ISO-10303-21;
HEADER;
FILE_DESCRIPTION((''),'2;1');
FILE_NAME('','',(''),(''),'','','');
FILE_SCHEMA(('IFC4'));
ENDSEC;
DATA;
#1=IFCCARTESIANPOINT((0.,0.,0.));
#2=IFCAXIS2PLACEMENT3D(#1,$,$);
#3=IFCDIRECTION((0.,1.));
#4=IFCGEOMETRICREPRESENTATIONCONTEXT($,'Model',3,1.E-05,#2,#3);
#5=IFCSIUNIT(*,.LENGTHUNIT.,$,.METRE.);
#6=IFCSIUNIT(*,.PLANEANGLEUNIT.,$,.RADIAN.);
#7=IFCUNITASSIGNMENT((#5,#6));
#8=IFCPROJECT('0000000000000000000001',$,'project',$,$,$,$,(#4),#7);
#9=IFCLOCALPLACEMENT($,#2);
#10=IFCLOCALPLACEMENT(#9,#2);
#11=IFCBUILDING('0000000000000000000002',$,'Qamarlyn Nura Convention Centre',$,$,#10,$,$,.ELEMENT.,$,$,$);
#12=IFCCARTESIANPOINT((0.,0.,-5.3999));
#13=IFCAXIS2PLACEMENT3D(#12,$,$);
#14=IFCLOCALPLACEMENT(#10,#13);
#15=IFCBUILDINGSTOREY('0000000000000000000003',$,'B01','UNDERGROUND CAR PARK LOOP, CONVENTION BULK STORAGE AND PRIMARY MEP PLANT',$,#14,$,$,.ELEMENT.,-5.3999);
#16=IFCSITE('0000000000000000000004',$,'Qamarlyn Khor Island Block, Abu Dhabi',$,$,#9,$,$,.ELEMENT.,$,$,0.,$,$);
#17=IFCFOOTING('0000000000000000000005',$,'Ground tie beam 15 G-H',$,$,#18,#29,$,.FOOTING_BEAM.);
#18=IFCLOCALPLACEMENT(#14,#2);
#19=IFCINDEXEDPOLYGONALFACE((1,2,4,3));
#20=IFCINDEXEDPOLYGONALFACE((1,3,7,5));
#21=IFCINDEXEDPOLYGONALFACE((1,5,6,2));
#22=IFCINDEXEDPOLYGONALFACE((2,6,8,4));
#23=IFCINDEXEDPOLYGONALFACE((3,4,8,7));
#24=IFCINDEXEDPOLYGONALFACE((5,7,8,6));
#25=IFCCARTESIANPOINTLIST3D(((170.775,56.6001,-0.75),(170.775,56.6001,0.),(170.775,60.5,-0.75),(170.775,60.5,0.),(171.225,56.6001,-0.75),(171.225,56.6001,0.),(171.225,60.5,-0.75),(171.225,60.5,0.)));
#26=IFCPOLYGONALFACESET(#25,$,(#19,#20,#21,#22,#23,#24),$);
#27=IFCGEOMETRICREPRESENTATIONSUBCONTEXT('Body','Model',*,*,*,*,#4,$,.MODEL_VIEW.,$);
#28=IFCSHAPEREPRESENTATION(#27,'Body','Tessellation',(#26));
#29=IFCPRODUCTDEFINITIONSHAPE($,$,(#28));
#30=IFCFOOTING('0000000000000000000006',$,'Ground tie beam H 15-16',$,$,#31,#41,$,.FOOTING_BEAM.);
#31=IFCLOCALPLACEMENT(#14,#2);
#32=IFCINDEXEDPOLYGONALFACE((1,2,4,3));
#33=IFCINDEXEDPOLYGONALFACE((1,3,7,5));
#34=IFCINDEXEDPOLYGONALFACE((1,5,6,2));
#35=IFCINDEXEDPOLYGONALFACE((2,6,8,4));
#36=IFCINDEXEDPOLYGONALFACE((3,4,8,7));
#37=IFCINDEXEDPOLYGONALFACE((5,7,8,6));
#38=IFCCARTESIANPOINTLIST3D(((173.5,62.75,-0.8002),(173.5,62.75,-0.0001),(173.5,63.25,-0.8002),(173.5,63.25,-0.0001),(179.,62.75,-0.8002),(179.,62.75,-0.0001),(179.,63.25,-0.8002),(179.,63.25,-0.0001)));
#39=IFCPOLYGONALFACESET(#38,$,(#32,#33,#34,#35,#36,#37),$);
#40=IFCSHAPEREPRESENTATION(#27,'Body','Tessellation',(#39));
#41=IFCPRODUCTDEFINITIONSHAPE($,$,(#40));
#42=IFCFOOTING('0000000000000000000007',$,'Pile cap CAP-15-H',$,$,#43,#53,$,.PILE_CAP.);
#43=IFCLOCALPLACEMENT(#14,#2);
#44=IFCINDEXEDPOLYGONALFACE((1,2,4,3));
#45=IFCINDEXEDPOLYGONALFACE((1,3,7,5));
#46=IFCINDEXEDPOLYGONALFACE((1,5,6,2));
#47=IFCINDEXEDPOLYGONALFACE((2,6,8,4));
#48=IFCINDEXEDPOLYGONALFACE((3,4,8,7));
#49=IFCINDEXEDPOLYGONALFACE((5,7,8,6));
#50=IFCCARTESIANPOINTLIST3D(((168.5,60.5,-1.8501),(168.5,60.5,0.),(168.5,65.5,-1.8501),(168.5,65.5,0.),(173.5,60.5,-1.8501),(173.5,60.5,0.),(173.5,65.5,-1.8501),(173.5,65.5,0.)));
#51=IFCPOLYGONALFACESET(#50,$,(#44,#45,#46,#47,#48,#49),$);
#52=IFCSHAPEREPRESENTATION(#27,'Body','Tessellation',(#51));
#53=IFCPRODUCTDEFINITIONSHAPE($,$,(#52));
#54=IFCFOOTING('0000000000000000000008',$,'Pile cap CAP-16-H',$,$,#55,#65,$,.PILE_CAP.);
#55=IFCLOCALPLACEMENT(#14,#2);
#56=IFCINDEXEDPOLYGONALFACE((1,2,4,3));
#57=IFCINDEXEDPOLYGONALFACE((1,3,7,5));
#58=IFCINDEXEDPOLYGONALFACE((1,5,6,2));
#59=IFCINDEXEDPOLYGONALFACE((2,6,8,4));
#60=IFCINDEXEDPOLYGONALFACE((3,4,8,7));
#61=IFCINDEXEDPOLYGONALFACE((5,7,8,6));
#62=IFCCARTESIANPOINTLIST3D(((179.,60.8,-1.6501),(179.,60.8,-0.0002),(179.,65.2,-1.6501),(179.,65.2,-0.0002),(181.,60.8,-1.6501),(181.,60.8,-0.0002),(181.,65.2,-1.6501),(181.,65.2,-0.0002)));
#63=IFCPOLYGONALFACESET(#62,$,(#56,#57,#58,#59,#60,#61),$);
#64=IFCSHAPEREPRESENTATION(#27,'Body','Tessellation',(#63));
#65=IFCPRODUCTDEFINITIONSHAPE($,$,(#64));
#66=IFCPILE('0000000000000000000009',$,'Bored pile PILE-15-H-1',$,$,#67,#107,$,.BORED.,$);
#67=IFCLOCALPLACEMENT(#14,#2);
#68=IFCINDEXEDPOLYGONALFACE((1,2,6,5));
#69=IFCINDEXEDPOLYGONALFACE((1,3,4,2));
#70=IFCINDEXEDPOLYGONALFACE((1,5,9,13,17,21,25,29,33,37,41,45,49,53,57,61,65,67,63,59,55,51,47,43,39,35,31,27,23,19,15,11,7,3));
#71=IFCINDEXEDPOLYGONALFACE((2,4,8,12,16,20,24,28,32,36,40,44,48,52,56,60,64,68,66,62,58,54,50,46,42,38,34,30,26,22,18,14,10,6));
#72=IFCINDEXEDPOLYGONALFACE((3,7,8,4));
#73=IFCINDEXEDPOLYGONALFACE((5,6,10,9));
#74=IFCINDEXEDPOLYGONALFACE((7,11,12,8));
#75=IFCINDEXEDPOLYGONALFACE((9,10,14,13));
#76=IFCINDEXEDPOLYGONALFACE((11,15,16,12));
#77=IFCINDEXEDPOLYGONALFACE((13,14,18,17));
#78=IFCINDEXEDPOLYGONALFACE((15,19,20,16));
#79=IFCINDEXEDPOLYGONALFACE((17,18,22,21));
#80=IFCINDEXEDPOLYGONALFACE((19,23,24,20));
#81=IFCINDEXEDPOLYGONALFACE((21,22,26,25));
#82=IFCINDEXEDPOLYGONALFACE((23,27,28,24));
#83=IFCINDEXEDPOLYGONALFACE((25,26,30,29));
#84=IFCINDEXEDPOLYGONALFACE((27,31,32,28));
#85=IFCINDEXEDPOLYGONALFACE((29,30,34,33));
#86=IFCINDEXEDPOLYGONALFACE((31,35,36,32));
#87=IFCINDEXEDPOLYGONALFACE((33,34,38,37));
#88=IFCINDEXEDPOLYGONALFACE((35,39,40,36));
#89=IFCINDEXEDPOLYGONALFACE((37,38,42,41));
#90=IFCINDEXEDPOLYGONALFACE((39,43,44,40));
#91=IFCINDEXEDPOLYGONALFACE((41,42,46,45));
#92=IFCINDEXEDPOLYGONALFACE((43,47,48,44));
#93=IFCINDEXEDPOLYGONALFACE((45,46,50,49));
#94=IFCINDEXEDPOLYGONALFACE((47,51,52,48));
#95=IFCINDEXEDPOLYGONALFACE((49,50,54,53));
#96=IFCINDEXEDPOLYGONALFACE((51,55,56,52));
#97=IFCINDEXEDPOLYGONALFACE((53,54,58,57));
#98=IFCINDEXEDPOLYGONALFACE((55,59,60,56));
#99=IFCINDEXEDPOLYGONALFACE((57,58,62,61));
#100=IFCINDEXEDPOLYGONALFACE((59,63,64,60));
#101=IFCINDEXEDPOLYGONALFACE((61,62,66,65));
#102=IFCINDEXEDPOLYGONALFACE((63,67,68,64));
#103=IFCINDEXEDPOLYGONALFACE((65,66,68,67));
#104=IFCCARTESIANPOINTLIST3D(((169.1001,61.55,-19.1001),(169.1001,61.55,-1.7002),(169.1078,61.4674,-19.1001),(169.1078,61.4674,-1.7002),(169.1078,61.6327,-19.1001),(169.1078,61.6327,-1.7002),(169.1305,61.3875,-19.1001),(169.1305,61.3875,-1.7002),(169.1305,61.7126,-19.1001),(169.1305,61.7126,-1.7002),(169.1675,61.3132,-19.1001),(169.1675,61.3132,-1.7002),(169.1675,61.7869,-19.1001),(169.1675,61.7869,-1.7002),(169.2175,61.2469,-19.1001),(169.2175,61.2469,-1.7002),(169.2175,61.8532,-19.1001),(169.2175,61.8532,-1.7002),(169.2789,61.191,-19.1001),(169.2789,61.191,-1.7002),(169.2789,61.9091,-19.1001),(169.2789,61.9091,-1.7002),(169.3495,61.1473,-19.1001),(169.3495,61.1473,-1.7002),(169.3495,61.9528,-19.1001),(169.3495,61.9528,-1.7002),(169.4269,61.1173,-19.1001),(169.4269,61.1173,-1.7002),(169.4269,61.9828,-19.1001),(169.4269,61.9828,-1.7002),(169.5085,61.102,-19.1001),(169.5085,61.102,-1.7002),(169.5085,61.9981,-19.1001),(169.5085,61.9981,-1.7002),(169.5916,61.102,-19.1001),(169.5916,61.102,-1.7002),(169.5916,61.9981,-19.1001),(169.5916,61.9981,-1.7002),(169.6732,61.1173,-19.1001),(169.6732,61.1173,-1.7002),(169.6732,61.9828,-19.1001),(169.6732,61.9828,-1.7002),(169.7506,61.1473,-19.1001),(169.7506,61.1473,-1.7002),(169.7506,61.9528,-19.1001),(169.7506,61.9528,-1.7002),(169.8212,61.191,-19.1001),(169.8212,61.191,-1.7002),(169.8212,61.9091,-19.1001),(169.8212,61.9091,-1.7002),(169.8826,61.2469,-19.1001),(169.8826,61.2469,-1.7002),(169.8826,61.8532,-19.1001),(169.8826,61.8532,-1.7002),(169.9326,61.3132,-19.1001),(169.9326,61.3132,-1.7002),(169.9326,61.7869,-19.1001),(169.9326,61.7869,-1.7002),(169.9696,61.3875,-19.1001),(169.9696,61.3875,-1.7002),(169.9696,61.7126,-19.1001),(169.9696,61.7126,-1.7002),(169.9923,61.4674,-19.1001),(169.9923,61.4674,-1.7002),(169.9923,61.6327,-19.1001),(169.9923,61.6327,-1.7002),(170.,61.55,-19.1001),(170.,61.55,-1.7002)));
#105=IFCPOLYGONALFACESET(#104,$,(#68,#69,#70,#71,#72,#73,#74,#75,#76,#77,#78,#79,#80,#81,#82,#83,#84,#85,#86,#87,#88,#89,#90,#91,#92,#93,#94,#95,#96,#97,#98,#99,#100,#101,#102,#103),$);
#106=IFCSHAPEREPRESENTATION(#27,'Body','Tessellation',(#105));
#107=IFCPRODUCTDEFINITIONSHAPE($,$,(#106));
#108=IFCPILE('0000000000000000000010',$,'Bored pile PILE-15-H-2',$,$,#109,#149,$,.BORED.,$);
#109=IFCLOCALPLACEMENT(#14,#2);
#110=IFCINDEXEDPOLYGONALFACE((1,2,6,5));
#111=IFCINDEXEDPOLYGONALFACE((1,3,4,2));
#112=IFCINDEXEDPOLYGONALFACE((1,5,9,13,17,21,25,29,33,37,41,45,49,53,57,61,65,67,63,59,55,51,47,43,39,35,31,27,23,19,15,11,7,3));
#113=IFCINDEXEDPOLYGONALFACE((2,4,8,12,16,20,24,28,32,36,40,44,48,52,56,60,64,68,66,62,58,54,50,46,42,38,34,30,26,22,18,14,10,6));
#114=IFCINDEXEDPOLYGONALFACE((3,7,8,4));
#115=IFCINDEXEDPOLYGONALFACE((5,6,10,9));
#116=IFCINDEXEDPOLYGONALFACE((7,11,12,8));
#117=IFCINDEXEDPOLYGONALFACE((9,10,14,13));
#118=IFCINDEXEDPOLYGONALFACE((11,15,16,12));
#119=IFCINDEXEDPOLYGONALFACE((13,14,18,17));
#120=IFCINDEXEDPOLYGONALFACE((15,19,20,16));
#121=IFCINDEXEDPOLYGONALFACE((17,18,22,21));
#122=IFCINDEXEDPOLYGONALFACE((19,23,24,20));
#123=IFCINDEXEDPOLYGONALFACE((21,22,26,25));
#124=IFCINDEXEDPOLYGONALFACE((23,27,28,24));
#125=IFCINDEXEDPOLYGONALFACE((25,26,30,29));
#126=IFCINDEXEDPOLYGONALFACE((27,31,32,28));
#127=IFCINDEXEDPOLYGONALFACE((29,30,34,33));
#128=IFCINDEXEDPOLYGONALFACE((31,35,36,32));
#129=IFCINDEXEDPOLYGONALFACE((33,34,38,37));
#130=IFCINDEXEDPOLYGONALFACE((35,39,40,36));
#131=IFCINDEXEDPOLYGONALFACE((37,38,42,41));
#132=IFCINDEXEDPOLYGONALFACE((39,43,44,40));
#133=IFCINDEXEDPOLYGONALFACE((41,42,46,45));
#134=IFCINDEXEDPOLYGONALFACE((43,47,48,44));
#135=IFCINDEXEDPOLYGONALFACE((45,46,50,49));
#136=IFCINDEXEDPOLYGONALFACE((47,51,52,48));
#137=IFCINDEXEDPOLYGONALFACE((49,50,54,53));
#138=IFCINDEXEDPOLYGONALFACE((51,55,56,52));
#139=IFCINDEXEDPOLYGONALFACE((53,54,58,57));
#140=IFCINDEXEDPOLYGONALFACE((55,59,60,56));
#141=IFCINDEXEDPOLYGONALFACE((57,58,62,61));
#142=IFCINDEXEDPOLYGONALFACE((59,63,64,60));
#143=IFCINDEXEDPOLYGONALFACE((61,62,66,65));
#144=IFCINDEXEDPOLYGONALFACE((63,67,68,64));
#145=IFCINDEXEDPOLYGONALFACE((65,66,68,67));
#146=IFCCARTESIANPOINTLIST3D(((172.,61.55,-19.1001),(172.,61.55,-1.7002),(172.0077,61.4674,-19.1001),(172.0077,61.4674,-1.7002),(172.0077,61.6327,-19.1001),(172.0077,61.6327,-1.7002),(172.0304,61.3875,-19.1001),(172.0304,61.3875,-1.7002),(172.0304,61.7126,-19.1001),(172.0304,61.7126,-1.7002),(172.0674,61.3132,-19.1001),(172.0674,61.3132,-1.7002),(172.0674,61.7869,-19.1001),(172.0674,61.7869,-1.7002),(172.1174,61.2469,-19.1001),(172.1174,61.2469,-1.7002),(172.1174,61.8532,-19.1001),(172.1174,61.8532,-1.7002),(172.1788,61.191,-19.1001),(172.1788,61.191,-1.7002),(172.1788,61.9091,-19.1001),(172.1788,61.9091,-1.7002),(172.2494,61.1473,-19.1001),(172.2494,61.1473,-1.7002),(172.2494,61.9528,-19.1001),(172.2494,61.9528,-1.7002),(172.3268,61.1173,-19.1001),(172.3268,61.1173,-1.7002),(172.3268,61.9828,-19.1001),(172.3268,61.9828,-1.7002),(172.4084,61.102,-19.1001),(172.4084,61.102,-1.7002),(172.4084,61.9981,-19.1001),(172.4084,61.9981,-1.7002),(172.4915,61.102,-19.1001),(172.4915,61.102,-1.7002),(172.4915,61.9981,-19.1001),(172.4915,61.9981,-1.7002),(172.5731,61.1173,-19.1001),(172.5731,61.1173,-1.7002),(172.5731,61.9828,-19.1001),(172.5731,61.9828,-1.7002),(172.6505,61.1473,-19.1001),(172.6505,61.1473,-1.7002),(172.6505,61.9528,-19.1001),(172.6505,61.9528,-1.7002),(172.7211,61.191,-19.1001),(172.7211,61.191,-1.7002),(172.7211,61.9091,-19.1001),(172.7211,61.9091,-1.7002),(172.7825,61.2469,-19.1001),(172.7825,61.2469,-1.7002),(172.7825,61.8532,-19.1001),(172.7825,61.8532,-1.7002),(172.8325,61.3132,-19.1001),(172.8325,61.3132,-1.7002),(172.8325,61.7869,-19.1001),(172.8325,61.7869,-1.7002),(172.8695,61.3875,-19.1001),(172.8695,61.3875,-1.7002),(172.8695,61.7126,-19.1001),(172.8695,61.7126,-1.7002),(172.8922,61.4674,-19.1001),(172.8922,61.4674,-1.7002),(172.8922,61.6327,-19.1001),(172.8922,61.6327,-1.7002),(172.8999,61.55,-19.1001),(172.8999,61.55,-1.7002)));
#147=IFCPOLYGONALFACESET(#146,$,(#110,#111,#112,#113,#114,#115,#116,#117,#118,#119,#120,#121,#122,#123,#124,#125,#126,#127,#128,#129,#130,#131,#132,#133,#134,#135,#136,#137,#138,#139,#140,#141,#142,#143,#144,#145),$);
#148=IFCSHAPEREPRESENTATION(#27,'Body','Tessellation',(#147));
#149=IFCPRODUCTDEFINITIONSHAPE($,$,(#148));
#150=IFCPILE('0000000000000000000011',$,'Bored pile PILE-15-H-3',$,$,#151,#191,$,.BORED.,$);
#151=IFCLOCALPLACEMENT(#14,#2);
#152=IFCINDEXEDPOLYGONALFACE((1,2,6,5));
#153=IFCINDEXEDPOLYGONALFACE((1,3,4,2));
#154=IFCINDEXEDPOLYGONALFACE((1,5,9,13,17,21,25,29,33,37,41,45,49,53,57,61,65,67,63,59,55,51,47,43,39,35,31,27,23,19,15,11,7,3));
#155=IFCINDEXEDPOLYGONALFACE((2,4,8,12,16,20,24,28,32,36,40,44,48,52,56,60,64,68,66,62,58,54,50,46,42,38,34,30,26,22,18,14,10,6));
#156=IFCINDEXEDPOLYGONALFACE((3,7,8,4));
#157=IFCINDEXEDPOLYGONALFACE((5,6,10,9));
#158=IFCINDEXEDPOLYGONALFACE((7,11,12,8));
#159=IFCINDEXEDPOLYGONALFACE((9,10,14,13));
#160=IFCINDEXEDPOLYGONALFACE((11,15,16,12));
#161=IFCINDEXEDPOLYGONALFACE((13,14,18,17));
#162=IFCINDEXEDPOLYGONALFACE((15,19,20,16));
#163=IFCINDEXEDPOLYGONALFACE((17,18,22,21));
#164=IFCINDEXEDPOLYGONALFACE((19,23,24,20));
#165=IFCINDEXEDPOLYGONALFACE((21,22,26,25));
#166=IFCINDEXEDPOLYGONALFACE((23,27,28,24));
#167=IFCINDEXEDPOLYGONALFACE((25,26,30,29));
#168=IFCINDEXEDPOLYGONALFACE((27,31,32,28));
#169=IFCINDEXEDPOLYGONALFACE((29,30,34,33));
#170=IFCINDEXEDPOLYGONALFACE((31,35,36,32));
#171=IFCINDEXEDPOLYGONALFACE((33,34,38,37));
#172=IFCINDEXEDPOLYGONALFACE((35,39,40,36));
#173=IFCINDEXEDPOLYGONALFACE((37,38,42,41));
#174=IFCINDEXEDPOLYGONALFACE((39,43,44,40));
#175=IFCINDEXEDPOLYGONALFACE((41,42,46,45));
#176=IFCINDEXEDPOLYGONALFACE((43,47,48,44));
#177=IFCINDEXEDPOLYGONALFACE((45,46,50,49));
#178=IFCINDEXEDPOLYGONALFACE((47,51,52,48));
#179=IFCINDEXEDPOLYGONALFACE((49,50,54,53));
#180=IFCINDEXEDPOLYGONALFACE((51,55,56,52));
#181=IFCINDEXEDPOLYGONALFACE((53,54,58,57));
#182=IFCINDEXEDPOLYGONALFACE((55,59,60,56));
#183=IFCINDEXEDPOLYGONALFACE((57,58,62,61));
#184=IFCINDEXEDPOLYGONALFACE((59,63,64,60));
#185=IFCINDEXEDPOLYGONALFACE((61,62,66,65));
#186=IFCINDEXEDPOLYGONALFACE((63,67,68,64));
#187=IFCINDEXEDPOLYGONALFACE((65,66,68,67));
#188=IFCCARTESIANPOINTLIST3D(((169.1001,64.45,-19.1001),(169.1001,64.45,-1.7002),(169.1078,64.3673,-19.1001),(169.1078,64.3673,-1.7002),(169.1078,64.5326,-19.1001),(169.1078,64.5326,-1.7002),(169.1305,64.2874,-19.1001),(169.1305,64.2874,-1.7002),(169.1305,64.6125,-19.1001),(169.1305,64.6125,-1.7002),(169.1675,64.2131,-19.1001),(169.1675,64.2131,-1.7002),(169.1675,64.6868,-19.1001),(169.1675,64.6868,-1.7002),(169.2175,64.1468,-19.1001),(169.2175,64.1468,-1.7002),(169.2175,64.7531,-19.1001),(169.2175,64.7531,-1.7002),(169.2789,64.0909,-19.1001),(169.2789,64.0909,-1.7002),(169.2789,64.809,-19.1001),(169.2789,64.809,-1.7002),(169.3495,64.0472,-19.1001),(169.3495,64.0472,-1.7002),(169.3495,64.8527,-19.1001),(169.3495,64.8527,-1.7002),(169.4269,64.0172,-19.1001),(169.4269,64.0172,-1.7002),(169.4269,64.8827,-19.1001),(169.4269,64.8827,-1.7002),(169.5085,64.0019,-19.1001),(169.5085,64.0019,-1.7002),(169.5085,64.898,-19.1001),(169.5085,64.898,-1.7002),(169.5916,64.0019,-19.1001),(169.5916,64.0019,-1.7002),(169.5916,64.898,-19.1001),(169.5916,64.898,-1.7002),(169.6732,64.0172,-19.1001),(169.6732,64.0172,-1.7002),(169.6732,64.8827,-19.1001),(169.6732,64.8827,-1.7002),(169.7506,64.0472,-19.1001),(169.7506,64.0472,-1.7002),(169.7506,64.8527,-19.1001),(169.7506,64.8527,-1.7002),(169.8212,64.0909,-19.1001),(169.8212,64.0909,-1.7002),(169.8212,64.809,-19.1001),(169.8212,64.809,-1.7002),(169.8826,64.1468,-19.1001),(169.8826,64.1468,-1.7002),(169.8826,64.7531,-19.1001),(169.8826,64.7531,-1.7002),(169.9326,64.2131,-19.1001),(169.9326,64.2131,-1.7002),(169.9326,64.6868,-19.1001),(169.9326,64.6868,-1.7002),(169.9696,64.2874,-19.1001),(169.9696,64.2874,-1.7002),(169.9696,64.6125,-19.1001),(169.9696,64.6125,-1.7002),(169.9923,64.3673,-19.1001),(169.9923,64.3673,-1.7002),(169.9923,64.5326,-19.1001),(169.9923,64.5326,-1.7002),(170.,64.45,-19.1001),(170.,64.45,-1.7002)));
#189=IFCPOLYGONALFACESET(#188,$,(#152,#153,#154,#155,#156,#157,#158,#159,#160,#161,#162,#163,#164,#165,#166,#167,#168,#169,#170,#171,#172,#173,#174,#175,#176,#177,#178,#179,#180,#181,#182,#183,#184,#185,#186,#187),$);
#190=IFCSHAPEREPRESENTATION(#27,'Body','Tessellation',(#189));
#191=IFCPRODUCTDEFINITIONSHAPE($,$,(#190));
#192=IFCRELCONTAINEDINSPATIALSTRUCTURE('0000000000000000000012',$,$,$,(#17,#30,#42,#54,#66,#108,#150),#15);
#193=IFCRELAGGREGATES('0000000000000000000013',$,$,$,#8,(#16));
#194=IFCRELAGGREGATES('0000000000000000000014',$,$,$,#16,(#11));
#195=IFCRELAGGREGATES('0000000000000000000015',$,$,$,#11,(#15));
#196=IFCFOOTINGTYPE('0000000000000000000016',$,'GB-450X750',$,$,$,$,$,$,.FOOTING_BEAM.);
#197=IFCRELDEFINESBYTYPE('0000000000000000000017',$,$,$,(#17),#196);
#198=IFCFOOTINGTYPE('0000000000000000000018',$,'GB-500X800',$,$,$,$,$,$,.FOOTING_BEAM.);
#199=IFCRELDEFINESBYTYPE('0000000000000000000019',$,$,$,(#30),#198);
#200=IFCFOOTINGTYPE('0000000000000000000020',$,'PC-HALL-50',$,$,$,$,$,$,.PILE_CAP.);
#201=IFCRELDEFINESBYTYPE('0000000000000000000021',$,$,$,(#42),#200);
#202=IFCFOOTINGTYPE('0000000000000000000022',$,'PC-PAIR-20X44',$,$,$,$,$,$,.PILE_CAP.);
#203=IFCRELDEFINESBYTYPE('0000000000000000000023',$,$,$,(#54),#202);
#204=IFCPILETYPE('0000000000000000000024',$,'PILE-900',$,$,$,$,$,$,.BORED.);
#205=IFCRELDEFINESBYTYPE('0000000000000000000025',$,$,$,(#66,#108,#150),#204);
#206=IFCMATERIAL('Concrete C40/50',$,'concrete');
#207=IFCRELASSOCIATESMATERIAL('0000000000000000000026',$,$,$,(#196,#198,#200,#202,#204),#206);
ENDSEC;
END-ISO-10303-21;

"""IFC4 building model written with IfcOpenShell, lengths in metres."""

from ifc_helpers import new_model, si_unit, direction, frame, origin, origin_2d, place, context, subcontext, project, spatial, rectangle, circle, extrude, material, material_profile, profile_set, type_object, element, save


model = new_model("IFC4")

# Units and contexts
model_context = context("Model", 3, precision=1e-05, world=origin(), true_north=direction((0.0, 1.0)))
body_context = subcontext(model_context, "Body", "Model", "MODEL_VIEW")
ifc_project = project(units=[si_unit("LENGTHUNIT", "METRE"), si_unit("PLANEANGLEUNIT", "RADIAN")], contexts=[model_context])

# Site, building, storey
site_placement = place(None, origin())
site = spatial("IfcSite", under=ifc_project, at=site_placement, Name="Qamarlyn Khor Island Block, Abu Dhabi", CompositionType="ELEMENT", RefElevation=0.0)
building_placement = place(site_placement, origin())
building = spatial("IfcBuilding", under=site, at=building_placement, Name="Qamarlyn Nura Convention Centre", CompositionType="ELEMENT")
storey_placement = place(building_placement, frame((0.0, 0.0, -5.3999)))
storey = spatial("IfcBuildingStorey", under=building, at=storey_placement, Name="B01", Description="UNDERGROUND CAR PARK LOOP, CONVENTION BULK STORAGE AND PRIMARY MEP PLANT", CompositionType="ELEMENT", Elevation=-5.3999)

# Footings
ifc_material_1 = material(Name="Concrete C40/50", Category="concrete")
ifc_material_profile_1 = material_profile(ifc_material_1, rectangle(XDim=0.45, YDim=0.75, at=origin_2d()), Name="RC GB 450x750")
ifc_profile_set_1 = profile_set([ifc_material_profile_1], Name="Concrete C40/50")
footing_type_1 = type_object("IfcFootingType", Name="GB-450X750", PredefinedType="FOOTING_BEAM", material=ifc_profile_set_1)
footing_1_placement = place(storey_placement, frame((171.0, 56.6001, -0.375), z_axis=(0.0, 1.0, 0.0), x_axis=(-1.0, 0.0, 0.0)))
element("IfcFooting", 1, at=footing_1_placement, inside=storey, type_object=footing_type_1, Name="Ground tie beam 15 G-H", PredefinedType="FOOTING_BEAM", context=body_context, shape_type="SweptSolid", body=[
    extrude(rectangle(XDim=0.45, YDim=0.75, at=origin_2d()), origin(), (0.0, 0.0, 1.0), 3.8999),
])
ifc_material_profile_2 = material_profile(ifc_material_1, rectangle(XDim=0.5, YDim=0.8, at=origin_2d()), Name="RC GB 500x800")
ifc_profile_set_2 = profile_set([ifc_material_profile_2], Name="Concrete C40/50")
footing_type_2 = type_object("IfcFootingType", Name="GB-500X800", PredefinedType="FOOTING_BEAM", material=ifc_profile_set_2)
footing_2_placement = place(storey_placement, frame((173.5, 63.0, -0.4001), z_axis=(1.0, 0.0, 0.0), x_axis=(0.0, 1.0, 0.0)))
element("IfcFooting", 2, at=footing_2_placement, inside=storey, type_object=footing_type_2, Name="Ground tie beam H 15-16", PredefinedType="FOOTING_BEAM", context=body_context, shape_type="SweptSolid", body=[
    extrude(rectangle(XDim=0.5, YDim=0.8, at=origin_2d()), origin(), (0.0, 0.0, 1.0), 5.5),
])
footing_type_3 = type_object("IfcFootingType", Name="PC-HALL-50", PredefinedType="PILE_CAP", material=ifc_material_1)
footing_3_placement = place(storey_placement, frame((171.0, 63.0, -1.8501), z_axis=(0.0, 0.0, 1.0), x_axis=(1.0, 0.0, 0.0)))
element("IfcFooting", 3, at=footing_3_placement, inside=storey, type_object=footing_type_3, Name="Pile cap CAP-15-H", PredefinedType="PILE_CAP", context=body_context, shape_type="SweptSolid", body=[
    extrude(rectangle(XDim=5.0, YDim=5.0, at=origin_2d()), origin(), (0.0, 0.0, 1.0), 1.8501),
])
footing_type_4 = type_object("IfcFootingType", Name="PC-PAIR-20X44", PredefinedType="PILE_CAP", material=ifc_material_1)
footing_4_placement = place(storey_placement, frame((180.0, 63.0, -1.6501), z_axis=(0.0, 0.0, 1.0), x_axis=(1.0, 0.0, 0.0)))
element("IfcFooting", 4, at=footing_4_placement, inside=storey, type_object=footing_type_4, Name="Pile cap CAP-16-H", PredefinedType="PILE_CAP", context=body_context, shape_type="SweptSolid", body=[
    extrude(rectangle(XDim=2.0, YDim=4.3999, at=origin_2d()), origin(), (0.0, 0.0, 1.0), 1.6499),
])

# Piles
ifc_material_profile_3 = material_profile(ifc_material_1, circle(Radius=0.45, at=origin_2d()), Name="BORED PILE 900")
ifc_profile_set_3 = profile_set([ifc_material_profile_3], Name="Concrete C40/50")
pile_type = type_object("IfcPileType", Name="PILE-900", PredefinedType="BORED", material=ifc_profile_set_3)
for number, where, z_axis, x_axis, name in (
    (5, (169.55, 61.55, -1.7002), (0.0, 0.0, -1.0), (1.0, 0.0, 0.0), "Bored pile PILE-15-H-1"),
    (6, (172.45, 61.55, -1.7002), (0.0, 0.0, -1.0), (1.0, 0.0, 0.0), "Bored pile PILE-15-H-2"),
    (7, (169.55, 64.45, -1.7002), (0.0, 0.0, -1.0), (1.0, 0.0, 0.0), "Bored pile PILE-15-H-3"),
):
    element("IfcPile", number, at=place(storey_placement, frame(where, z_axis=z_axis, x_axis=x_axis)), inside=storey, type_object=pile_type, Name=name, PredefinedType="BORED", context=body_context, shape_type="SweptSolid", body=[
        extrude(circle(Radius=0.45, at=origin_2d()), origin(), (0.0, 0.0, 1.0), 17.3999),
    ])

save(model, "model.ifc")
